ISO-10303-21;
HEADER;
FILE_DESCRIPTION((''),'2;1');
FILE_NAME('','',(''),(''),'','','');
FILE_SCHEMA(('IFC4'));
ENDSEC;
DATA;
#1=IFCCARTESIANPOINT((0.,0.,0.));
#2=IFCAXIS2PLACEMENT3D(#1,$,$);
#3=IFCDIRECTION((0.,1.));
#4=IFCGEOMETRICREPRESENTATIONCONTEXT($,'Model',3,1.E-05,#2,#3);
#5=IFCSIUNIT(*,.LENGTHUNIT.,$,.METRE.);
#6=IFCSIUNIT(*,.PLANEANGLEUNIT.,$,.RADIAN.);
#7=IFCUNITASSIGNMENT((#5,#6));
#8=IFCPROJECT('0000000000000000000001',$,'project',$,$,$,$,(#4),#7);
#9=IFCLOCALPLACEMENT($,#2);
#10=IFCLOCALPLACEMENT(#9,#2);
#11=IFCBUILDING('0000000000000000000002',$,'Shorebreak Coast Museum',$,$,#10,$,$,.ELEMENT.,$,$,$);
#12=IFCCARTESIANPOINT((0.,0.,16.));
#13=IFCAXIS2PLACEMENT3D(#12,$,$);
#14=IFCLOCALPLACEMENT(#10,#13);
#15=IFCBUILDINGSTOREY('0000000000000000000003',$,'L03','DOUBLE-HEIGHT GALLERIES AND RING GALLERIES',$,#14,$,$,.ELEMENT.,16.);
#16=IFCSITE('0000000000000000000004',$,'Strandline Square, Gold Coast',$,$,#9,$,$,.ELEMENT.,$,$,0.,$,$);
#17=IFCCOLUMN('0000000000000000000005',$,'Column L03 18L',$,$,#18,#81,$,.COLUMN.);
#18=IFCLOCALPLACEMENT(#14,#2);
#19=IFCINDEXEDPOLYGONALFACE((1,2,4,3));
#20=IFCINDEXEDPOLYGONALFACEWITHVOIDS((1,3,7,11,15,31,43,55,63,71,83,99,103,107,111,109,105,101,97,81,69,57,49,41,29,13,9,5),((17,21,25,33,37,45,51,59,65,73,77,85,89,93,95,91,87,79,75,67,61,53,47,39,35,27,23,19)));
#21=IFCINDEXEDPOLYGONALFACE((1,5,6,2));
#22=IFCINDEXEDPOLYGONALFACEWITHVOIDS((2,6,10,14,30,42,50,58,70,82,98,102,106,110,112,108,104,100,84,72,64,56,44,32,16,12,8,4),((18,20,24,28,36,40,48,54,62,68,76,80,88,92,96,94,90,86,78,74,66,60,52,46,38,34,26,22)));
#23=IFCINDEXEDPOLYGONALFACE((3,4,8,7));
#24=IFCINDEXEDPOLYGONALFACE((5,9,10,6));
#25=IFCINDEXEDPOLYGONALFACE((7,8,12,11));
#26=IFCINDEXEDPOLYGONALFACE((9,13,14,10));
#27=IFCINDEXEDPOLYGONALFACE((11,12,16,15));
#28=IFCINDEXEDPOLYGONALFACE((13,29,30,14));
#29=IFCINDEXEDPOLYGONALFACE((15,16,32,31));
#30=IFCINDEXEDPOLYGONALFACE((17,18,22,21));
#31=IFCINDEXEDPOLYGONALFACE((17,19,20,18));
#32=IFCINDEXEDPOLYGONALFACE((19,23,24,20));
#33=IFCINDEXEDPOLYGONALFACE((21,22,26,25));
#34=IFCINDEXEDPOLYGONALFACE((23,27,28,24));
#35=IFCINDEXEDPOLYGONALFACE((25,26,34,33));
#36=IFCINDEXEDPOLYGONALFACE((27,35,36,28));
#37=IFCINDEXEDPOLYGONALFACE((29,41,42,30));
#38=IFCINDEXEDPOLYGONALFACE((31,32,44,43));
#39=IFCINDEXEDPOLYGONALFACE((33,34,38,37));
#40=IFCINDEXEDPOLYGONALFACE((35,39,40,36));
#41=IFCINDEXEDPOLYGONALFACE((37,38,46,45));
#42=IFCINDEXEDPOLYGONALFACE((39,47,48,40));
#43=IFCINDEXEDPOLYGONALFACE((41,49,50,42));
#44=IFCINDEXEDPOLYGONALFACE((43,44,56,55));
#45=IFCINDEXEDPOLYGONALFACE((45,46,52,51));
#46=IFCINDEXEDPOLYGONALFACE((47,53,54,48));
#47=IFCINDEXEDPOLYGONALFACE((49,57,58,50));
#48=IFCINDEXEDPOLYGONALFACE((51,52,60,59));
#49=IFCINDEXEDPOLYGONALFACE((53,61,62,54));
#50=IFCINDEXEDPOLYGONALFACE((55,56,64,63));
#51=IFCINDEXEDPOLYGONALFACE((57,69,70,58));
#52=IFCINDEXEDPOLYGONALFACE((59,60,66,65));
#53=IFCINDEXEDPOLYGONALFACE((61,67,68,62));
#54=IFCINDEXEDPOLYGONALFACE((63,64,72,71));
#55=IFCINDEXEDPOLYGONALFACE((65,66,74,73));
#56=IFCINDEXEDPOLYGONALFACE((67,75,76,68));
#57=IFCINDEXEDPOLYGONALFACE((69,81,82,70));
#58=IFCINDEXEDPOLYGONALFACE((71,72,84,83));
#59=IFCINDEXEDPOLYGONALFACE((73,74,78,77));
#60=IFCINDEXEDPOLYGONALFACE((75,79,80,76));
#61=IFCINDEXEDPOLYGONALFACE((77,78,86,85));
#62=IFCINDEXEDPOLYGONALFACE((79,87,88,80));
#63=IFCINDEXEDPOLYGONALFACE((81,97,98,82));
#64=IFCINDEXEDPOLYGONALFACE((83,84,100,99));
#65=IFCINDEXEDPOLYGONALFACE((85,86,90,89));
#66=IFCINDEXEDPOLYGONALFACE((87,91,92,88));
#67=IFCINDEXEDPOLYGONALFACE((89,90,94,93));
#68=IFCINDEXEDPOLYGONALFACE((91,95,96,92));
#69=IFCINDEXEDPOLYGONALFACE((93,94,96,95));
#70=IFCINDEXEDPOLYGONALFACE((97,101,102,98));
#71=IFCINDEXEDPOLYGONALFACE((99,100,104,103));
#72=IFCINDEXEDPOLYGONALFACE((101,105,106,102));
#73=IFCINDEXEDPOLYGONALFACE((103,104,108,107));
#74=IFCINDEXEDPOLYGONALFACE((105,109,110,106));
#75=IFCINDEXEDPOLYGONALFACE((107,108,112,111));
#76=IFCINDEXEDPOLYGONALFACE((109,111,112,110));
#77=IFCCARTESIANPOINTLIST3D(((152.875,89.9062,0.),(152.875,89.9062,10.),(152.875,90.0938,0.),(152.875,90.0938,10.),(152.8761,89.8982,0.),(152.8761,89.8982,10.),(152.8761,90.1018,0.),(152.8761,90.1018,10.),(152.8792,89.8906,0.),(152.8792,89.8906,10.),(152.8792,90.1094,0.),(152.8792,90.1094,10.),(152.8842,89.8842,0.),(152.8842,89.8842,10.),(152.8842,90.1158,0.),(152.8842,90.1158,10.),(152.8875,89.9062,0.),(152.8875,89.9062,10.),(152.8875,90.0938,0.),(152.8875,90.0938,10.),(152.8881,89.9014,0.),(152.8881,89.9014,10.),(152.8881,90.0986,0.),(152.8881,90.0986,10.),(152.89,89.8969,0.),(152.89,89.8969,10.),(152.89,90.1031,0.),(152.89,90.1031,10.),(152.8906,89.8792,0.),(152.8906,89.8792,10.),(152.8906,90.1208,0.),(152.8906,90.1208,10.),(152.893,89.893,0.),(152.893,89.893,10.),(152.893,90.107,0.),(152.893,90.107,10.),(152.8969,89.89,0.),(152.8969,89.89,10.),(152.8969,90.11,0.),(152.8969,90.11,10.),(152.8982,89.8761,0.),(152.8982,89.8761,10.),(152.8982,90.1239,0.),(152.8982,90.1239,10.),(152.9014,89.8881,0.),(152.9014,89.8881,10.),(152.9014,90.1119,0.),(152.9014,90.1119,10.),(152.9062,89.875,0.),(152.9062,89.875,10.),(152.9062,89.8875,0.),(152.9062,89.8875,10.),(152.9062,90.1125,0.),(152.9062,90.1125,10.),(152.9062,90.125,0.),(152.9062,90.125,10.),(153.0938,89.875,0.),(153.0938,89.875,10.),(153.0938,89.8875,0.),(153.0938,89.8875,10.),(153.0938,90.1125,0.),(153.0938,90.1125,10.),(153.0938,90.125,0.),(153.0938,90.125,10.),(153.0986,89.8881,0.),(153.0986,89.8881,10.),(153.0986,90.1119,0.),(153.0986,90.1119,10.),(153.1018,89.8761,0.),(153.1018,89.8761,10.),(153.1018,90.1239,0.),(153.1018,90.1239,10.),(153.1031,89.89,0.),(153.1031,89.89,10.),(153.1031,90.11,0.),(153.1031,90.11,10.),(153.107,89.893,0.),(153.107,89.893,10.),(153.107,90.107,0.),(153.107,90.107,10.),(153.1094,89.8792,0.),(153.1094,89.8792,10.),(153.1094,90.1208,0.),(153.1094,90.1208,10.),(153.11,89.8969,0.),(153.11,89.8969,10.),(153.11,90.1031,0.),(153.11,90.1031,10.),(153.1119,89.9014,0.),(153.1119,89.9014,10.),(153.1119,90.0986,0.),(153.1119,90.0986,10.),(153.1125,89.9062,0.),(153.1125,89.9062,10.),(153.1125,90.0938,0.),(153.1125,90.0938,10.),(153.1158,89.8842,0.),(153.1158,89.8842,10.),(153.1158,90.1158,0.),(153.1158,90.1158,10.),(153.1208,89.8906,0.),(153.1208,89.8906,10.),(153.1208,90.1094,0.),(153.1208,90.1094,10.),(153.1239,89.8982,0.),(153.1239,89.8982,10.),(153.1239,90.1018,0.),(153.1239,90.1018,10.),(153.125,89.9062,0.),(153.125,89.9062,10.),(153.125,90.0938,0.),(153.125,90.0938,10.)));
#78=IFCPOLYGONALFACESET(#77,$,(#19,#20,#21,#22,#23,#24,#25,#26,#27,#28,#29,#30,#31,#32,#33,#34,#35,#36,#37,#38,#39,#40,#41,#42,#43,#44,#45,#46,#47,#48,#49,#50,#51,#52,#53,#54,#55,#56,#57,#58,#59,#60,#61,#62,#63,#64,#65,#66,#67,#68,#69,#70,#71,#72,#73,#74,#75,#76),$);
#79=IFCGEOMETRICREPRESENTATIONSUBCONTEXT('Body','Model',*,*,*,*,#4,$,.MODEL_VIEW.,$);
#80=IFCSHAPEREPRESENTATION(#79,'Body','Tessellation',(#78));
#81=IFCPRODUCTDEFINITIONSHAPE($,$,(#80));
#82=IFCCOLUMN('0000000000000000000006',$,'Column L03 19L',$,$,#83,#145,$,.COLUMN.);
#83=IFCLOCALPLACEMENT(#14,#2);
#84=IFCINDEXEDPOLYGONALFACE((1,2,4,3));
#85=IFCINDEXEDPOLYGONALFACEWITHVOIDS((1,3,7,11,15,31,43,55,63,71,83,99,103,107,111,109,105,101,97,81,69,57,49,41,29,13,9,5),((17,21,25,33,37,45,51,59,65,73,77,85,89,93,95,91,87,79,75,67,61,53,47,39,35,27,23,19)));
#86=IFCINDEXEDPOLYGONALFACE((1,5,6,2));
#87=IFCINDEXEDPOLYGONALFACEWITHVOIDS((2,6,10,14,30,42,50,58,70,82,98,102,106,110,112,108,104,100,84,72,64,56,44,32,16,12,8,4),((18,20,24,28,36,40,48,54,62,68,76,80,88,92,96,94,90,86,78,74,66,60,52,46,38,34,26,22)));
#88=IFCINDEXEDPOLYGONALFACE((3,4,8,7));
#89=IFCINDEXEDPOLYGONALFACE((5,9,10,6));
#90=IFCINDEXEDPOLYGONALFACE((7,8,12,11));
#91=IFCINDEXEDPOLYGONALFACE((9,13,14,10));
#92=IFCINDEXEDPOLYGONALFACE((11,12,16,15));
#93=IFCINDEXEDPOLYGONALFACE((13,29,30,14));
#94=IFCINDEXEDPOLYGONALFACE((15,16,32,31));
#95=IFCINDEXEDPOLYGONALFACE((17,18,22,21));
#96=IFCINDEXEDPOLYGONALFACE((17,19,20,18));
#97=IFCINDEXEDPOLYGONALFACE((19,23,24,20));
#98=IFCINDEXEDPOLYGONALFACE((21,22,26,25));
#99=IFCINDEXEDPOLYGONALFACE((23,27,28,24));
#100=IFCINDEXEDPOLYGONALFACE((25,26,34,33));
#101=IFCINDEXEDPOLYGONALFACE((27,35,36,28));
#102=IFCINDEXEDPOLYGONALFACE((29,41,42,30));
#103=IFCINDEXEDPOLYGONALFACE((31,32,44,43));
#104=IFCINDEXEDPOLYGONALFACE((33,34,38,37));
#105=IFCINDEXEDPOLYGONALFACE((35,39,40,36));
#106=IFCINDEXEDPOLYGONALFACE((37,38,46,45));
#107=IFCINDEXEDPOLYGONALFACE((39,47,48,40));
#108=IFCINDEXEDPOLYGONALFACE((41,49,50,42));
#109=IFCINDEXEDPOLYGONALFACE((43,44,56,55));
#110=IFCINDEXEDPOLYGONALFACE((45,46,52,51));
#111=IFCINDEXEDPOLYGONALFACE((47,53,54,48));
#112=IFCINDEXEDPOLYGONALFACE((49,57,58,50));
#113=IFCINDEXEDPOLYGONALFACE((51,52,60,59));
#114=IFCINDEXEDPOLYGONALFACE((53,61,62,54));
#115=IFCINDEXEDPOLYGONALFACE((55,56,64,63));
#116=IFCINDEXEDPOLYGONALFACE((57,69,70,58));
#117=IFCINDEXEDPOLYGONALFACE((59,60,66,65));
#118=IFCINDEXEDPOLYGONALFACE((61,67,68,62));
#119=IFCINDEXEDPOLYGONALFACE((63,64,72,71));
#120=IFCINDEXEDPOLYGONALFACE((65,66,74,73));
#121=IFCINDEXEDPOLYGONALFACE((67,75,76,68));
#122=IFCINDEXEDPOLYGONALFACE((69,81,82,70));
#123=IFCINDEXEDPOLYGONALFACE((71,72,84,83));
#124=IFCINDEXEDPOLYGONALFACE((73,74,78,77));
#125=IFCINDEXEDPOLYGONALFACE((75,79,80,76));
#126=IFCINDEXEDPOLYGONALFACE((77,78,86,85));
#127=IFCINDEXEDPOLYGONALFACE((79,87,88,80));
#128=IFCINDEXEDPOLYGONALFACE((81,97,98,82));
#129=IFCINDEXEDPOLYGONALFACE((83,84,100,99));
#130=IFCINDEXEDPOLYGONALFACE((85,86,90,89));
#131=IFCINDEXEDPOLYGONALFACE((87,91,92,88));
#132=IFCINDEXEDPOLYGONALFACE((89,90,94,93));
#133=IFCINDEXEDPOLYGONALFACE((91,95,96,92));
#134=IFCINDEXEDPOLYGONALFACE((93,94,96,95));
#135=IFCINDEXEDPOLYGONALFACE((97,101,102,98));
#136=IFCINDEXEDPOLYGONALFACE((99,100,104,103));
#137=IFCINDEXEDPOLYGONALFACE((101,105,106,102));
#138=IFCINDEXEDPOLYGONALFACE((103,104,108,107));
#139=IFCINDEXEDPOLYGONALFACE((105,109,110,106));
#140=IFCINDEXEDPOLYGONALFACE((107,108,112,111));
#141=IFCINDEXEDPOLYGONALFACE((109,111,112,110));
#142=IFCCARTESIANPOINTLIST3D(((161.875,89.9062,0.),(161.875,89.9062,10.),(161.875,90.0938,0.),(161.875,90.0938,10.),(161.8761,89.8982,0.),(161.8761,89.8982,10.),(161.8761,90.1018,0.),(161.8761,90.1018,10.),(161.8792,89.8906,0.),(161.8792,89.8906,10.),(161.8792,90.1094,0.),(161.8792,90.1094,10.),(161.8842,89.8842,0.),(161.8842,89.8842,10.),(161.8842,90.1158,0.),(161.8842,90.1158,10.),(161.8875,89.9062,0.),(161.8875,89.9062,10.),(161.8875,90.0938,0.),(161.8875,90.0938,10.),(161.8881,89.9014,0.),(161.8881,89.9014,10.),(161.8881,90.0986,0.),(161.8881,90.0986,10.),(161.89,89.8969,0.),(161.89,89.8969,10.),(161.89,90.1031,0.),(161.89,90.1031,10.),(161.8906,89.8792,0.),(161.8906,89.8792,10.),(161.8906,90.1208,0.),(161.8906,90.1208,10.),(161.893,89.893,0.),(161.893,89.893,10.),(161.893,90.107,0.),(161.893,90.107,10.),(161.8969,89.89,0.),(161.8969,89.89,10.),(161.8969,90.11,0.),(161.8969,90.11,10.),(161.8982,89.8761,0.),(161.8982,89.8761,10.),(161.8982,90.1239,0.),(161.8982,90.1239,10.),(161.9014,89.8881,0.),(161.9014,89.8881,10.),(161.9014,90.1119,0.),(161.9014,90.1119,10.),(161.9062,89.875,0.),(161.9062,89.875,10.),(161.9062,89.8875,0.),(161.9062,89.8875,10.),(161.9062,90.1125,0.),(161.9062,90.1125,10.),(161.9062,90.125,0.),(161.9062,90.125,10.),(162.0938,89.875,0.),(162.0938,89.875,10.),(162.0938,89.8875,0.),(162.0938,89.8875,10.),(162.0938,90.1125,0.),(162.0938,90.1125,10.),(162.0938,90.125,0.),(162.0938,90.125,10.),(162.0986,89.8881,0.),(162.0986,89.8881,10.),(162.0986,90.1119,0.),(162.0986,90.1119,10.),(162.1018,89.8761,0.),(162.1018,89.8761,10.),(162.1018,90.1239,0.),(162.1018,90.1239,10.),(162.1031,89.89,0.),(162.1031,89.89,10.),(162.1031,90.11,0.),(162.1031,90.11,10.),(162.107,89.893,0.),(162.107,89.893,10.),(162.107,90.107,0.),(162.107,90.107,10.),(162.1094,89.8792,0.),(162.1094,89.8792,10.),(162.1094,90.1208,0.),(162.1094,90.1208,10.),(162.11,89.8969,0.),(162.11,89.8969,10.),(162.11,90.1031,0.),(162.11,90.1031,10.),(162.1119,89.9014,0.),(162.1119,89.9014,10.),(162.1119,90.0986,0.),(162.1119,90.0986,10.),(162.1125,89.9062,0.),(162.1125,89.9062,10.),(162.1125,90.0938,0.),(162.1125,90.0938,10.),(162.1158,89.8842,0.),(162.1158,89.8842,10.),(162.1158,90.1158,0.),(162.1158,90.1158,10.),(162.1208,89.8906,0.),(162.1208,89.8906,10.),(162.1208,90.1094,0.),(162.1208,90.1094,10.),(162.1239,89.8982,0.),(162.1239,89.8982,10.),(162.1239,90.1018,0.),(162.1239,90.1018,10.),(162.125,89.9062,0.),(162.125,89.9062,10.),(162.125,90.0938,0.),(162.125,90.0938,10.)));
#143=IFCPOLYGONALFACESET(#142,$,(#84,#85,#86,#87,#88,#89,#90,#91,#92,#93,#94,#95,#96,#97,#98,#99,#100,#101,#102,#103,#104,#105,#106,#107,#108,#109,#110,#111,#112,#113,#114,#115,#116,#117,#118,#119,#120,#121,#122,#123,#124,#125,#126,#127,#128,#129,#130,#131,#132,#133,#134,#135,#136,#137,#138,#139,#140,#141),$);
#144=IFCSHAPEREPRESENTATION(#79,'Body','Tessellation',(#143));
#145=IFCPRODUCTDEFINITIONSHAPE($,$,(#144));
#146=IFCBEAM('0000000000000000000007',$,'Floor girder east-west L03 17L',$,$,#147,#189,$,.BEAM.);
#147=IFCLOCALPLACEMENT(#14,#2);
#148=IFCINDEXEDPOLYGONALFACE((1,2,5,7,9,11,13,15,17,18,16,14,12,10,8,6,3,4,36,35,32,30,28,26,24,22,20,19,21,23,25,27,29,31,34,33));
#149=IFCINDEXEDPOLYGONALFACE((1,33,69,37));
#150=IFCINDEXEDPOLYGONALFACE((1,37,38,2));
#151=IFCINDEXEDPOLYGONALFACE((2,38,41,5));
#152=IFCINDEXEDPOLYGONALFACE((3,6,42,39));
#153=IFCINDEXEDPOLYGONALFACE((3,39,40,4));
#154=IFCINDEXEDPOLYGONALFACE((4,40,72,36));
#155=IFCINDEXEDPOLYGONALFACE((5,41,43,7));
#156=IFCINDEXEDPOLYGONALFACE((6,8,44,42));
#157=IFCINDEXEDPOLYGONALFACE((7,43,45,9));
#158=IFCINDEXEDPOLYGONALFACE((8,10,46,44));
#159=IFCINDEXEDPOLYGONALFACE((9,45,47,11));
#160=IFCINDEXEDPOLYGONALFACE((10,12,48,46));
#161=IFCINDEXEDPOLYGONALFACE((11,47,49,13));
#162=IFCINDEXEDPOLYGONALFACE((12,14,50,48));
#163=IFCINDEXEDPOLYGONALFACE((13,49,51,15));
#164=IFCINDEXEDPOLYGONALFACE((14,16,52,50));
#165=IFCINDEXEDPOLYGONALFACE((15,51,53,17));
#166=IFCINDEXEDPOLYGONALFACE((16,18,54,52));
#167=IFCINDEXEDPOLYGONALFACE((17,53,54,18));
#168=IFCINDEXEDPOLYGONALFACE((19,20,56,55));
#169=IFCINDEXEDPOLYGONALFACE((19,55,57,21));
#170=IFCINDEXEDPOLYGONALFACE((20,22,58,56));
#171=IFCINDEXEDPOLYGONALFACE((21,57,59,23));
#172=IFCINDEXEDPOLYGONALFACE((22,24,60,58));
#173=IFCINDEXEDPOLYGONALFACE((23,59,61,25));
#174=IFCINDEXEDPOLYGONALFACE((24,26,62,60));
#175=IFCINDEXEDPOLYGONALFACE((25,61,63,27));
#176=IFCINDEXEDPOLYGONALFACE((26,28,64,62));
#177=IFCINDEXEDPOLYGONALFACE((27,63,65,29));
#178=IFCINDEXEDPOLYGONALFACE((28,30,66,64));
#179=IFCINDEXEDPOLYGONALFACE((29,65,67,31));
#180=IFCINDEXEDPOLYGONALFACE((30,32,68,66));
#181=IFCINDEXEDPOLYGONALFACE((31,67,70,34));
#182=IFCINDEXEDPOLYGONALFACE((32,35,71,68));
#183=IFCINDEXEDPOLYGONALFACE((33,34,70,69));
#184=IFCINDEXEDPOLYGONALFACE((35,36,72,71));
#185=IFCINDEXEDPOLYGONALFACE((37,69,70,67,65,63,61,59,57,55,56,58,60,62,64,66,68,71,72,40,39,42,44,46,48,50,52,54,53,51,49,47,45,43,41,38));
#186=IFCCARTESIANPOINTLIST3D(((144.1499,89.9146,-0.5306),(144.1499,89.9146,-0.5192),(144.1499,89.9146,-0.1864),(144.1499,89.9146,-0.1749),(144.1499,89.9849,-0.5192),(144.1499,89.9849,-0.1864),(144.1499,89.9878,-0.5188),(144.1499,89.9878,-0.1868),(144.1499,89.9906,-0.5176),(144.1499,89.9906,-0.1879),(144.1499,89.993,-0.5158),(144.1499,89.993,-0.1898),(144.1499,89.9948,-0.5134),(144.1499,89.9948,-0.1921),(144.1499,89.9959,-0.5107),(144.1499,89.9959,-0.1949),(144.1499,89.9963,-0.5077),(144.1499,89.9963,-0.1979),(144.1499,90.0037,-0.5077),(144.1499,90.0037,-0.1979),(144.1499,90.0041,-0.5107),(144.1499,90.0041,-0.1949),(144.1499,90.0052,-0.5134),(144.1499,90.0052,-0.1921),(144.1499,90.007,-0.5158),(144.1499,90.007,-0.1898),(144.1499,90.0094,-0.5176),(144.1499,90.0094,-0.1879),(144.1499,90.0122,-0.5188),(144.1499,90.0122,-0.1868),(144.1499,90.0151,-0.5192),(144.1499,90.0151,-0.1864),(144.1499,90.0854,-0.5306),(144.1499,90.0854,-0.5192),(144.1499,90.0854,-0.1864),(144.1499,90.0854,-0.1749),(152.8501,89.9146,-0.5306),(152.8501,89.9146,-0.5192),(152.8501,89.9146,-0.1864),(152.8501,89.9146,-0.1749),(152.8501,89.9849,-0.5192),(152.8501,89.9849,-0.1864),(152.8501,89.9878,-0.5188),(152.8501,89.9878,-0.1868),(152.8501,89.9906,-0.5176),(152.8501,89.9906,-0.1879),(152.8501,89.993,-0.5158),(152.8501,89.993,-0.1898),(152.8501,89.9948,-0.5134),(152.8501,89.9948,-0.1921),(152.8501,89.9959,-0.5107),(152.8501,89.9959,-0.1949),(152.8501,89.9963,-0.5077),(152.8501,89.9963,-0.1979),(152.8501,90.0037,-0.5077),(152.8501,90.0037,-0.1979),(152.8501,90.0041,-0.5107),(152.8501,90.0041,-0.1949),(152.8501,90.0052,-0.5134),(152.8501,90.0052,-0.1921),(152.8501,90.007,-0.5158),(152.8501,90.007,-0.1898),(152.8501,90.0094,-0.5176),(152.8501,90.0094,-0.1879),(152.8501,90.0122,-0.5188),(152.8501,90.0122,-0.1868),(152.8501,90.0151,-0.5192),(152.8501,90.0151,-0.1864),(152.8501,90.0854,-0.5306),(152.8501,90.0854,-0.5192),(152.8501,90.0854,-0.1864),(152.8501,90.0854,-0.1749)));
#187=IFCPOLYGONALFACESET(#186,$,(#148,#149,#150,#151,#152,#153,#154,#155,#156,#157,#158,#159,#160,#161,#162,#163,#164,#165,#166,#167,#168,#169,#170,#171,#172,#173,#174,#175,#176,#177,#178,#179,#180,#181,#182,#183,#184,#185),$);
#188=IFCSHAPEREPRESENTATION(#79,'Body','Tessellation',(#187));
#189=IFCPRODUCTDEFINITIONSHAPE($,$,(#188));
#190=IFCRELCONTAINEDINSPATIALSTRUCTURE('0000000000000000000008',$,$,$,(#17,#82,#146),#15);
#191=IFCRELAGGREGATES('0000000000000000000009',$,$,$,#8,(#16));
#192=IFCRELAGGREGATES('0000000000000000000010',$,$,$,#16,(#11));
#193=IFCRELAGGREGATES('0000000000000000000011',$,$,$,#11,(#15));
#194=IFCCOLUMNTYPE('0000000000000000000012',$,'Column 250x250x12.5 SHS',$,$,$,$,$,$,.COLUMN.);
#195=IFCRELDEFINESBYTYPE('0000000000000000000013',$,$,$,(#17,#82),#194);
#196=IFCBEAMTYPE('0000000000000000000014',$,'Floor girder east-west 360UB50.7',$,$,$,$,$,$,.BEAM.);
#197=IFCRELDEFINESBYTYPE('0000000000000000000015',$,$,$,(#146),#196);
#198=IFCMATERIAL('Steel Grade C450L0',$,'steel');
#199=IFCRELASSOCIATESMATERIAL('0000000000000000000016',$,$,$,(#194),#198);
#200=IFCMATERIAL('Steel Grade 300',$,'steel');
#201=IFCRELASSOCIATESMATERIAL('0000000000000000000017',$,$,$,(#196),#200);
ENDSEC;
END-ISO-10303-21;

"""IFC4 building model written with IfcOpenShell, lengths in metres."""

from ifc_helpers import new_model, si_unit, direction, frame, origin, origin_2d, place, context, subcontext, project, spatial, hollow_rectangle, i_section, extrude, material, material_profile, profile_set, type_object, element, save


model = new_model("IFC4")

# Units and contexts
model_context = context("Model", 3, precision=1e-05, world=origin(), true_north=direction((0.0, 1.0)))
body_context = subcontext(model_context, "Body", "Model", "MODEL_VIEW")
ifc_project = project(units=[si_unit("LENGTHUNIT", "METRE"), si_unit("PLANEANGLEUNIT", "RADIAN")], contexts=[model_context])

# Site, building, storey
site_placement = place(None, origin())
site = spatial("IfcSite", under=ifc_project, at=site_placement, Name="Strandline Square, Gold Coast", CompositionType="ELEMENT", RefElevation=0.0)
building_placement = place(site_placement, origin())
building = spatial("IfcBuilding", under=site, at=building_placement, Name="Shorebreak Coast Museum", CompositionType="ELEMENT")
storey_placement = place(building_placement, frame((0.0, 0.0, 16.0)))
storey = spatial("IfcBuildingStorey", under=building, at=storey_placement, Name="L03", Description="DOUBLE-HEIGHT GALLERIES AND RING GALLERIES", CompositionType="ELEMENT", Elevation=16.0)

# Columns
ifc_material_1 = material(Name="Steel Grade C450L0", Category="steel")
ifc_material_profile_1 = material_profile(ifc_material_1, hollow_rectangle(XDim=0.25, YDim=0.25, WallThickness=0.0125, InnerFilletRadius=0.0188, OuterFilletRadius=0.0312, at=origin_2d()), Name="250x250x12.5 SHS")
ifc_profile_set_1 = profile_set([ifc_material_profile_1], Name="Steel Grade C450L0")
column_type = type_object("IfcColumnType", Name="Column 250x250x12.5 SHS", PredefinedType="COLUMN", material=ifc_profile_set_1)
for number, where, z_axis, x_axis, name in (
    (1, (153.0, 90.0, 0.0), (0.0, 0.0, 1.0), (1.0, 0.0, 0.0), "Column L03 18L"),
    (2, (162.0, 90.0, 0.0), (0.0, 0.0, 1.0), (1.0, 0.0, 0.0), "Column L03 19L"),
):
    element("IfcColumn", number, at=place(storey_placement, frame(where, z_axis=z_axis, x_axis=x_axis)), inside=storey, type_object=column_type, Name=name, PredefinedType="COLUMN", context=body_context, shape_type="SweptSolid", body=[
        extrude(hollow_rectangle(XDim=0.25, YDim=0.25, WallThickness=0.0125, InnerFilletRadius=0.0188, OuterFilletRadius=0.0312, at=origin_2d()), origin(), (0.0, 0.0, 1.0), 10.0),
    ])

# Beam
ifc_material_2 = material(Name="Steel Grade 300", Category="steel")
ifc_material_profile_2 = material_profile(ifc_material_2, i_section(OverallWidth=0.1709, OverallDepth=0.3557, WebThickness=0.0073, FlangeThickness=0.0115, FilletRadius=0.0115, at=origin_2d()), Name="360UB50.7")
ifc_profile_set_2 = profile_set([ifc_material_profile_2], Name="Steel Grade 300")
beam_type_1 = type_object("IfcBeamType", Name="Floor girder east-west 360UB50.7", PredefinedType="BEAM", material=ifc_profile_set_2)
for number, where, z_axis, x_axis, name in (
    (3, (144.1499, 90.0, -0.3528), (1.0, 0.0, 0.0), (0.0, 1.0, 0.0), "Floor girder east-west L03 17L"),
):
    element("IfcBeam", number, at=place(storey_placement, frame(where, z_axis=z_axis, x_axis=x_axis)), inside=storey, type_object=beam_type_1, Name=name, PredefinedType="BEAM", context=body_context, shape_type="SweptSolid", body=[
        extrude(i_section(OverallWidth=0.1709, OverallDepth=0.3557, WebThickness=0.0073, FlangeThickness=0.0115, FilletRadius=0.0115, at=origin_2d()), origin(), (0.0, 0.0, 1.0), 8.7002),
    ])

save(model, "model.ifc")
